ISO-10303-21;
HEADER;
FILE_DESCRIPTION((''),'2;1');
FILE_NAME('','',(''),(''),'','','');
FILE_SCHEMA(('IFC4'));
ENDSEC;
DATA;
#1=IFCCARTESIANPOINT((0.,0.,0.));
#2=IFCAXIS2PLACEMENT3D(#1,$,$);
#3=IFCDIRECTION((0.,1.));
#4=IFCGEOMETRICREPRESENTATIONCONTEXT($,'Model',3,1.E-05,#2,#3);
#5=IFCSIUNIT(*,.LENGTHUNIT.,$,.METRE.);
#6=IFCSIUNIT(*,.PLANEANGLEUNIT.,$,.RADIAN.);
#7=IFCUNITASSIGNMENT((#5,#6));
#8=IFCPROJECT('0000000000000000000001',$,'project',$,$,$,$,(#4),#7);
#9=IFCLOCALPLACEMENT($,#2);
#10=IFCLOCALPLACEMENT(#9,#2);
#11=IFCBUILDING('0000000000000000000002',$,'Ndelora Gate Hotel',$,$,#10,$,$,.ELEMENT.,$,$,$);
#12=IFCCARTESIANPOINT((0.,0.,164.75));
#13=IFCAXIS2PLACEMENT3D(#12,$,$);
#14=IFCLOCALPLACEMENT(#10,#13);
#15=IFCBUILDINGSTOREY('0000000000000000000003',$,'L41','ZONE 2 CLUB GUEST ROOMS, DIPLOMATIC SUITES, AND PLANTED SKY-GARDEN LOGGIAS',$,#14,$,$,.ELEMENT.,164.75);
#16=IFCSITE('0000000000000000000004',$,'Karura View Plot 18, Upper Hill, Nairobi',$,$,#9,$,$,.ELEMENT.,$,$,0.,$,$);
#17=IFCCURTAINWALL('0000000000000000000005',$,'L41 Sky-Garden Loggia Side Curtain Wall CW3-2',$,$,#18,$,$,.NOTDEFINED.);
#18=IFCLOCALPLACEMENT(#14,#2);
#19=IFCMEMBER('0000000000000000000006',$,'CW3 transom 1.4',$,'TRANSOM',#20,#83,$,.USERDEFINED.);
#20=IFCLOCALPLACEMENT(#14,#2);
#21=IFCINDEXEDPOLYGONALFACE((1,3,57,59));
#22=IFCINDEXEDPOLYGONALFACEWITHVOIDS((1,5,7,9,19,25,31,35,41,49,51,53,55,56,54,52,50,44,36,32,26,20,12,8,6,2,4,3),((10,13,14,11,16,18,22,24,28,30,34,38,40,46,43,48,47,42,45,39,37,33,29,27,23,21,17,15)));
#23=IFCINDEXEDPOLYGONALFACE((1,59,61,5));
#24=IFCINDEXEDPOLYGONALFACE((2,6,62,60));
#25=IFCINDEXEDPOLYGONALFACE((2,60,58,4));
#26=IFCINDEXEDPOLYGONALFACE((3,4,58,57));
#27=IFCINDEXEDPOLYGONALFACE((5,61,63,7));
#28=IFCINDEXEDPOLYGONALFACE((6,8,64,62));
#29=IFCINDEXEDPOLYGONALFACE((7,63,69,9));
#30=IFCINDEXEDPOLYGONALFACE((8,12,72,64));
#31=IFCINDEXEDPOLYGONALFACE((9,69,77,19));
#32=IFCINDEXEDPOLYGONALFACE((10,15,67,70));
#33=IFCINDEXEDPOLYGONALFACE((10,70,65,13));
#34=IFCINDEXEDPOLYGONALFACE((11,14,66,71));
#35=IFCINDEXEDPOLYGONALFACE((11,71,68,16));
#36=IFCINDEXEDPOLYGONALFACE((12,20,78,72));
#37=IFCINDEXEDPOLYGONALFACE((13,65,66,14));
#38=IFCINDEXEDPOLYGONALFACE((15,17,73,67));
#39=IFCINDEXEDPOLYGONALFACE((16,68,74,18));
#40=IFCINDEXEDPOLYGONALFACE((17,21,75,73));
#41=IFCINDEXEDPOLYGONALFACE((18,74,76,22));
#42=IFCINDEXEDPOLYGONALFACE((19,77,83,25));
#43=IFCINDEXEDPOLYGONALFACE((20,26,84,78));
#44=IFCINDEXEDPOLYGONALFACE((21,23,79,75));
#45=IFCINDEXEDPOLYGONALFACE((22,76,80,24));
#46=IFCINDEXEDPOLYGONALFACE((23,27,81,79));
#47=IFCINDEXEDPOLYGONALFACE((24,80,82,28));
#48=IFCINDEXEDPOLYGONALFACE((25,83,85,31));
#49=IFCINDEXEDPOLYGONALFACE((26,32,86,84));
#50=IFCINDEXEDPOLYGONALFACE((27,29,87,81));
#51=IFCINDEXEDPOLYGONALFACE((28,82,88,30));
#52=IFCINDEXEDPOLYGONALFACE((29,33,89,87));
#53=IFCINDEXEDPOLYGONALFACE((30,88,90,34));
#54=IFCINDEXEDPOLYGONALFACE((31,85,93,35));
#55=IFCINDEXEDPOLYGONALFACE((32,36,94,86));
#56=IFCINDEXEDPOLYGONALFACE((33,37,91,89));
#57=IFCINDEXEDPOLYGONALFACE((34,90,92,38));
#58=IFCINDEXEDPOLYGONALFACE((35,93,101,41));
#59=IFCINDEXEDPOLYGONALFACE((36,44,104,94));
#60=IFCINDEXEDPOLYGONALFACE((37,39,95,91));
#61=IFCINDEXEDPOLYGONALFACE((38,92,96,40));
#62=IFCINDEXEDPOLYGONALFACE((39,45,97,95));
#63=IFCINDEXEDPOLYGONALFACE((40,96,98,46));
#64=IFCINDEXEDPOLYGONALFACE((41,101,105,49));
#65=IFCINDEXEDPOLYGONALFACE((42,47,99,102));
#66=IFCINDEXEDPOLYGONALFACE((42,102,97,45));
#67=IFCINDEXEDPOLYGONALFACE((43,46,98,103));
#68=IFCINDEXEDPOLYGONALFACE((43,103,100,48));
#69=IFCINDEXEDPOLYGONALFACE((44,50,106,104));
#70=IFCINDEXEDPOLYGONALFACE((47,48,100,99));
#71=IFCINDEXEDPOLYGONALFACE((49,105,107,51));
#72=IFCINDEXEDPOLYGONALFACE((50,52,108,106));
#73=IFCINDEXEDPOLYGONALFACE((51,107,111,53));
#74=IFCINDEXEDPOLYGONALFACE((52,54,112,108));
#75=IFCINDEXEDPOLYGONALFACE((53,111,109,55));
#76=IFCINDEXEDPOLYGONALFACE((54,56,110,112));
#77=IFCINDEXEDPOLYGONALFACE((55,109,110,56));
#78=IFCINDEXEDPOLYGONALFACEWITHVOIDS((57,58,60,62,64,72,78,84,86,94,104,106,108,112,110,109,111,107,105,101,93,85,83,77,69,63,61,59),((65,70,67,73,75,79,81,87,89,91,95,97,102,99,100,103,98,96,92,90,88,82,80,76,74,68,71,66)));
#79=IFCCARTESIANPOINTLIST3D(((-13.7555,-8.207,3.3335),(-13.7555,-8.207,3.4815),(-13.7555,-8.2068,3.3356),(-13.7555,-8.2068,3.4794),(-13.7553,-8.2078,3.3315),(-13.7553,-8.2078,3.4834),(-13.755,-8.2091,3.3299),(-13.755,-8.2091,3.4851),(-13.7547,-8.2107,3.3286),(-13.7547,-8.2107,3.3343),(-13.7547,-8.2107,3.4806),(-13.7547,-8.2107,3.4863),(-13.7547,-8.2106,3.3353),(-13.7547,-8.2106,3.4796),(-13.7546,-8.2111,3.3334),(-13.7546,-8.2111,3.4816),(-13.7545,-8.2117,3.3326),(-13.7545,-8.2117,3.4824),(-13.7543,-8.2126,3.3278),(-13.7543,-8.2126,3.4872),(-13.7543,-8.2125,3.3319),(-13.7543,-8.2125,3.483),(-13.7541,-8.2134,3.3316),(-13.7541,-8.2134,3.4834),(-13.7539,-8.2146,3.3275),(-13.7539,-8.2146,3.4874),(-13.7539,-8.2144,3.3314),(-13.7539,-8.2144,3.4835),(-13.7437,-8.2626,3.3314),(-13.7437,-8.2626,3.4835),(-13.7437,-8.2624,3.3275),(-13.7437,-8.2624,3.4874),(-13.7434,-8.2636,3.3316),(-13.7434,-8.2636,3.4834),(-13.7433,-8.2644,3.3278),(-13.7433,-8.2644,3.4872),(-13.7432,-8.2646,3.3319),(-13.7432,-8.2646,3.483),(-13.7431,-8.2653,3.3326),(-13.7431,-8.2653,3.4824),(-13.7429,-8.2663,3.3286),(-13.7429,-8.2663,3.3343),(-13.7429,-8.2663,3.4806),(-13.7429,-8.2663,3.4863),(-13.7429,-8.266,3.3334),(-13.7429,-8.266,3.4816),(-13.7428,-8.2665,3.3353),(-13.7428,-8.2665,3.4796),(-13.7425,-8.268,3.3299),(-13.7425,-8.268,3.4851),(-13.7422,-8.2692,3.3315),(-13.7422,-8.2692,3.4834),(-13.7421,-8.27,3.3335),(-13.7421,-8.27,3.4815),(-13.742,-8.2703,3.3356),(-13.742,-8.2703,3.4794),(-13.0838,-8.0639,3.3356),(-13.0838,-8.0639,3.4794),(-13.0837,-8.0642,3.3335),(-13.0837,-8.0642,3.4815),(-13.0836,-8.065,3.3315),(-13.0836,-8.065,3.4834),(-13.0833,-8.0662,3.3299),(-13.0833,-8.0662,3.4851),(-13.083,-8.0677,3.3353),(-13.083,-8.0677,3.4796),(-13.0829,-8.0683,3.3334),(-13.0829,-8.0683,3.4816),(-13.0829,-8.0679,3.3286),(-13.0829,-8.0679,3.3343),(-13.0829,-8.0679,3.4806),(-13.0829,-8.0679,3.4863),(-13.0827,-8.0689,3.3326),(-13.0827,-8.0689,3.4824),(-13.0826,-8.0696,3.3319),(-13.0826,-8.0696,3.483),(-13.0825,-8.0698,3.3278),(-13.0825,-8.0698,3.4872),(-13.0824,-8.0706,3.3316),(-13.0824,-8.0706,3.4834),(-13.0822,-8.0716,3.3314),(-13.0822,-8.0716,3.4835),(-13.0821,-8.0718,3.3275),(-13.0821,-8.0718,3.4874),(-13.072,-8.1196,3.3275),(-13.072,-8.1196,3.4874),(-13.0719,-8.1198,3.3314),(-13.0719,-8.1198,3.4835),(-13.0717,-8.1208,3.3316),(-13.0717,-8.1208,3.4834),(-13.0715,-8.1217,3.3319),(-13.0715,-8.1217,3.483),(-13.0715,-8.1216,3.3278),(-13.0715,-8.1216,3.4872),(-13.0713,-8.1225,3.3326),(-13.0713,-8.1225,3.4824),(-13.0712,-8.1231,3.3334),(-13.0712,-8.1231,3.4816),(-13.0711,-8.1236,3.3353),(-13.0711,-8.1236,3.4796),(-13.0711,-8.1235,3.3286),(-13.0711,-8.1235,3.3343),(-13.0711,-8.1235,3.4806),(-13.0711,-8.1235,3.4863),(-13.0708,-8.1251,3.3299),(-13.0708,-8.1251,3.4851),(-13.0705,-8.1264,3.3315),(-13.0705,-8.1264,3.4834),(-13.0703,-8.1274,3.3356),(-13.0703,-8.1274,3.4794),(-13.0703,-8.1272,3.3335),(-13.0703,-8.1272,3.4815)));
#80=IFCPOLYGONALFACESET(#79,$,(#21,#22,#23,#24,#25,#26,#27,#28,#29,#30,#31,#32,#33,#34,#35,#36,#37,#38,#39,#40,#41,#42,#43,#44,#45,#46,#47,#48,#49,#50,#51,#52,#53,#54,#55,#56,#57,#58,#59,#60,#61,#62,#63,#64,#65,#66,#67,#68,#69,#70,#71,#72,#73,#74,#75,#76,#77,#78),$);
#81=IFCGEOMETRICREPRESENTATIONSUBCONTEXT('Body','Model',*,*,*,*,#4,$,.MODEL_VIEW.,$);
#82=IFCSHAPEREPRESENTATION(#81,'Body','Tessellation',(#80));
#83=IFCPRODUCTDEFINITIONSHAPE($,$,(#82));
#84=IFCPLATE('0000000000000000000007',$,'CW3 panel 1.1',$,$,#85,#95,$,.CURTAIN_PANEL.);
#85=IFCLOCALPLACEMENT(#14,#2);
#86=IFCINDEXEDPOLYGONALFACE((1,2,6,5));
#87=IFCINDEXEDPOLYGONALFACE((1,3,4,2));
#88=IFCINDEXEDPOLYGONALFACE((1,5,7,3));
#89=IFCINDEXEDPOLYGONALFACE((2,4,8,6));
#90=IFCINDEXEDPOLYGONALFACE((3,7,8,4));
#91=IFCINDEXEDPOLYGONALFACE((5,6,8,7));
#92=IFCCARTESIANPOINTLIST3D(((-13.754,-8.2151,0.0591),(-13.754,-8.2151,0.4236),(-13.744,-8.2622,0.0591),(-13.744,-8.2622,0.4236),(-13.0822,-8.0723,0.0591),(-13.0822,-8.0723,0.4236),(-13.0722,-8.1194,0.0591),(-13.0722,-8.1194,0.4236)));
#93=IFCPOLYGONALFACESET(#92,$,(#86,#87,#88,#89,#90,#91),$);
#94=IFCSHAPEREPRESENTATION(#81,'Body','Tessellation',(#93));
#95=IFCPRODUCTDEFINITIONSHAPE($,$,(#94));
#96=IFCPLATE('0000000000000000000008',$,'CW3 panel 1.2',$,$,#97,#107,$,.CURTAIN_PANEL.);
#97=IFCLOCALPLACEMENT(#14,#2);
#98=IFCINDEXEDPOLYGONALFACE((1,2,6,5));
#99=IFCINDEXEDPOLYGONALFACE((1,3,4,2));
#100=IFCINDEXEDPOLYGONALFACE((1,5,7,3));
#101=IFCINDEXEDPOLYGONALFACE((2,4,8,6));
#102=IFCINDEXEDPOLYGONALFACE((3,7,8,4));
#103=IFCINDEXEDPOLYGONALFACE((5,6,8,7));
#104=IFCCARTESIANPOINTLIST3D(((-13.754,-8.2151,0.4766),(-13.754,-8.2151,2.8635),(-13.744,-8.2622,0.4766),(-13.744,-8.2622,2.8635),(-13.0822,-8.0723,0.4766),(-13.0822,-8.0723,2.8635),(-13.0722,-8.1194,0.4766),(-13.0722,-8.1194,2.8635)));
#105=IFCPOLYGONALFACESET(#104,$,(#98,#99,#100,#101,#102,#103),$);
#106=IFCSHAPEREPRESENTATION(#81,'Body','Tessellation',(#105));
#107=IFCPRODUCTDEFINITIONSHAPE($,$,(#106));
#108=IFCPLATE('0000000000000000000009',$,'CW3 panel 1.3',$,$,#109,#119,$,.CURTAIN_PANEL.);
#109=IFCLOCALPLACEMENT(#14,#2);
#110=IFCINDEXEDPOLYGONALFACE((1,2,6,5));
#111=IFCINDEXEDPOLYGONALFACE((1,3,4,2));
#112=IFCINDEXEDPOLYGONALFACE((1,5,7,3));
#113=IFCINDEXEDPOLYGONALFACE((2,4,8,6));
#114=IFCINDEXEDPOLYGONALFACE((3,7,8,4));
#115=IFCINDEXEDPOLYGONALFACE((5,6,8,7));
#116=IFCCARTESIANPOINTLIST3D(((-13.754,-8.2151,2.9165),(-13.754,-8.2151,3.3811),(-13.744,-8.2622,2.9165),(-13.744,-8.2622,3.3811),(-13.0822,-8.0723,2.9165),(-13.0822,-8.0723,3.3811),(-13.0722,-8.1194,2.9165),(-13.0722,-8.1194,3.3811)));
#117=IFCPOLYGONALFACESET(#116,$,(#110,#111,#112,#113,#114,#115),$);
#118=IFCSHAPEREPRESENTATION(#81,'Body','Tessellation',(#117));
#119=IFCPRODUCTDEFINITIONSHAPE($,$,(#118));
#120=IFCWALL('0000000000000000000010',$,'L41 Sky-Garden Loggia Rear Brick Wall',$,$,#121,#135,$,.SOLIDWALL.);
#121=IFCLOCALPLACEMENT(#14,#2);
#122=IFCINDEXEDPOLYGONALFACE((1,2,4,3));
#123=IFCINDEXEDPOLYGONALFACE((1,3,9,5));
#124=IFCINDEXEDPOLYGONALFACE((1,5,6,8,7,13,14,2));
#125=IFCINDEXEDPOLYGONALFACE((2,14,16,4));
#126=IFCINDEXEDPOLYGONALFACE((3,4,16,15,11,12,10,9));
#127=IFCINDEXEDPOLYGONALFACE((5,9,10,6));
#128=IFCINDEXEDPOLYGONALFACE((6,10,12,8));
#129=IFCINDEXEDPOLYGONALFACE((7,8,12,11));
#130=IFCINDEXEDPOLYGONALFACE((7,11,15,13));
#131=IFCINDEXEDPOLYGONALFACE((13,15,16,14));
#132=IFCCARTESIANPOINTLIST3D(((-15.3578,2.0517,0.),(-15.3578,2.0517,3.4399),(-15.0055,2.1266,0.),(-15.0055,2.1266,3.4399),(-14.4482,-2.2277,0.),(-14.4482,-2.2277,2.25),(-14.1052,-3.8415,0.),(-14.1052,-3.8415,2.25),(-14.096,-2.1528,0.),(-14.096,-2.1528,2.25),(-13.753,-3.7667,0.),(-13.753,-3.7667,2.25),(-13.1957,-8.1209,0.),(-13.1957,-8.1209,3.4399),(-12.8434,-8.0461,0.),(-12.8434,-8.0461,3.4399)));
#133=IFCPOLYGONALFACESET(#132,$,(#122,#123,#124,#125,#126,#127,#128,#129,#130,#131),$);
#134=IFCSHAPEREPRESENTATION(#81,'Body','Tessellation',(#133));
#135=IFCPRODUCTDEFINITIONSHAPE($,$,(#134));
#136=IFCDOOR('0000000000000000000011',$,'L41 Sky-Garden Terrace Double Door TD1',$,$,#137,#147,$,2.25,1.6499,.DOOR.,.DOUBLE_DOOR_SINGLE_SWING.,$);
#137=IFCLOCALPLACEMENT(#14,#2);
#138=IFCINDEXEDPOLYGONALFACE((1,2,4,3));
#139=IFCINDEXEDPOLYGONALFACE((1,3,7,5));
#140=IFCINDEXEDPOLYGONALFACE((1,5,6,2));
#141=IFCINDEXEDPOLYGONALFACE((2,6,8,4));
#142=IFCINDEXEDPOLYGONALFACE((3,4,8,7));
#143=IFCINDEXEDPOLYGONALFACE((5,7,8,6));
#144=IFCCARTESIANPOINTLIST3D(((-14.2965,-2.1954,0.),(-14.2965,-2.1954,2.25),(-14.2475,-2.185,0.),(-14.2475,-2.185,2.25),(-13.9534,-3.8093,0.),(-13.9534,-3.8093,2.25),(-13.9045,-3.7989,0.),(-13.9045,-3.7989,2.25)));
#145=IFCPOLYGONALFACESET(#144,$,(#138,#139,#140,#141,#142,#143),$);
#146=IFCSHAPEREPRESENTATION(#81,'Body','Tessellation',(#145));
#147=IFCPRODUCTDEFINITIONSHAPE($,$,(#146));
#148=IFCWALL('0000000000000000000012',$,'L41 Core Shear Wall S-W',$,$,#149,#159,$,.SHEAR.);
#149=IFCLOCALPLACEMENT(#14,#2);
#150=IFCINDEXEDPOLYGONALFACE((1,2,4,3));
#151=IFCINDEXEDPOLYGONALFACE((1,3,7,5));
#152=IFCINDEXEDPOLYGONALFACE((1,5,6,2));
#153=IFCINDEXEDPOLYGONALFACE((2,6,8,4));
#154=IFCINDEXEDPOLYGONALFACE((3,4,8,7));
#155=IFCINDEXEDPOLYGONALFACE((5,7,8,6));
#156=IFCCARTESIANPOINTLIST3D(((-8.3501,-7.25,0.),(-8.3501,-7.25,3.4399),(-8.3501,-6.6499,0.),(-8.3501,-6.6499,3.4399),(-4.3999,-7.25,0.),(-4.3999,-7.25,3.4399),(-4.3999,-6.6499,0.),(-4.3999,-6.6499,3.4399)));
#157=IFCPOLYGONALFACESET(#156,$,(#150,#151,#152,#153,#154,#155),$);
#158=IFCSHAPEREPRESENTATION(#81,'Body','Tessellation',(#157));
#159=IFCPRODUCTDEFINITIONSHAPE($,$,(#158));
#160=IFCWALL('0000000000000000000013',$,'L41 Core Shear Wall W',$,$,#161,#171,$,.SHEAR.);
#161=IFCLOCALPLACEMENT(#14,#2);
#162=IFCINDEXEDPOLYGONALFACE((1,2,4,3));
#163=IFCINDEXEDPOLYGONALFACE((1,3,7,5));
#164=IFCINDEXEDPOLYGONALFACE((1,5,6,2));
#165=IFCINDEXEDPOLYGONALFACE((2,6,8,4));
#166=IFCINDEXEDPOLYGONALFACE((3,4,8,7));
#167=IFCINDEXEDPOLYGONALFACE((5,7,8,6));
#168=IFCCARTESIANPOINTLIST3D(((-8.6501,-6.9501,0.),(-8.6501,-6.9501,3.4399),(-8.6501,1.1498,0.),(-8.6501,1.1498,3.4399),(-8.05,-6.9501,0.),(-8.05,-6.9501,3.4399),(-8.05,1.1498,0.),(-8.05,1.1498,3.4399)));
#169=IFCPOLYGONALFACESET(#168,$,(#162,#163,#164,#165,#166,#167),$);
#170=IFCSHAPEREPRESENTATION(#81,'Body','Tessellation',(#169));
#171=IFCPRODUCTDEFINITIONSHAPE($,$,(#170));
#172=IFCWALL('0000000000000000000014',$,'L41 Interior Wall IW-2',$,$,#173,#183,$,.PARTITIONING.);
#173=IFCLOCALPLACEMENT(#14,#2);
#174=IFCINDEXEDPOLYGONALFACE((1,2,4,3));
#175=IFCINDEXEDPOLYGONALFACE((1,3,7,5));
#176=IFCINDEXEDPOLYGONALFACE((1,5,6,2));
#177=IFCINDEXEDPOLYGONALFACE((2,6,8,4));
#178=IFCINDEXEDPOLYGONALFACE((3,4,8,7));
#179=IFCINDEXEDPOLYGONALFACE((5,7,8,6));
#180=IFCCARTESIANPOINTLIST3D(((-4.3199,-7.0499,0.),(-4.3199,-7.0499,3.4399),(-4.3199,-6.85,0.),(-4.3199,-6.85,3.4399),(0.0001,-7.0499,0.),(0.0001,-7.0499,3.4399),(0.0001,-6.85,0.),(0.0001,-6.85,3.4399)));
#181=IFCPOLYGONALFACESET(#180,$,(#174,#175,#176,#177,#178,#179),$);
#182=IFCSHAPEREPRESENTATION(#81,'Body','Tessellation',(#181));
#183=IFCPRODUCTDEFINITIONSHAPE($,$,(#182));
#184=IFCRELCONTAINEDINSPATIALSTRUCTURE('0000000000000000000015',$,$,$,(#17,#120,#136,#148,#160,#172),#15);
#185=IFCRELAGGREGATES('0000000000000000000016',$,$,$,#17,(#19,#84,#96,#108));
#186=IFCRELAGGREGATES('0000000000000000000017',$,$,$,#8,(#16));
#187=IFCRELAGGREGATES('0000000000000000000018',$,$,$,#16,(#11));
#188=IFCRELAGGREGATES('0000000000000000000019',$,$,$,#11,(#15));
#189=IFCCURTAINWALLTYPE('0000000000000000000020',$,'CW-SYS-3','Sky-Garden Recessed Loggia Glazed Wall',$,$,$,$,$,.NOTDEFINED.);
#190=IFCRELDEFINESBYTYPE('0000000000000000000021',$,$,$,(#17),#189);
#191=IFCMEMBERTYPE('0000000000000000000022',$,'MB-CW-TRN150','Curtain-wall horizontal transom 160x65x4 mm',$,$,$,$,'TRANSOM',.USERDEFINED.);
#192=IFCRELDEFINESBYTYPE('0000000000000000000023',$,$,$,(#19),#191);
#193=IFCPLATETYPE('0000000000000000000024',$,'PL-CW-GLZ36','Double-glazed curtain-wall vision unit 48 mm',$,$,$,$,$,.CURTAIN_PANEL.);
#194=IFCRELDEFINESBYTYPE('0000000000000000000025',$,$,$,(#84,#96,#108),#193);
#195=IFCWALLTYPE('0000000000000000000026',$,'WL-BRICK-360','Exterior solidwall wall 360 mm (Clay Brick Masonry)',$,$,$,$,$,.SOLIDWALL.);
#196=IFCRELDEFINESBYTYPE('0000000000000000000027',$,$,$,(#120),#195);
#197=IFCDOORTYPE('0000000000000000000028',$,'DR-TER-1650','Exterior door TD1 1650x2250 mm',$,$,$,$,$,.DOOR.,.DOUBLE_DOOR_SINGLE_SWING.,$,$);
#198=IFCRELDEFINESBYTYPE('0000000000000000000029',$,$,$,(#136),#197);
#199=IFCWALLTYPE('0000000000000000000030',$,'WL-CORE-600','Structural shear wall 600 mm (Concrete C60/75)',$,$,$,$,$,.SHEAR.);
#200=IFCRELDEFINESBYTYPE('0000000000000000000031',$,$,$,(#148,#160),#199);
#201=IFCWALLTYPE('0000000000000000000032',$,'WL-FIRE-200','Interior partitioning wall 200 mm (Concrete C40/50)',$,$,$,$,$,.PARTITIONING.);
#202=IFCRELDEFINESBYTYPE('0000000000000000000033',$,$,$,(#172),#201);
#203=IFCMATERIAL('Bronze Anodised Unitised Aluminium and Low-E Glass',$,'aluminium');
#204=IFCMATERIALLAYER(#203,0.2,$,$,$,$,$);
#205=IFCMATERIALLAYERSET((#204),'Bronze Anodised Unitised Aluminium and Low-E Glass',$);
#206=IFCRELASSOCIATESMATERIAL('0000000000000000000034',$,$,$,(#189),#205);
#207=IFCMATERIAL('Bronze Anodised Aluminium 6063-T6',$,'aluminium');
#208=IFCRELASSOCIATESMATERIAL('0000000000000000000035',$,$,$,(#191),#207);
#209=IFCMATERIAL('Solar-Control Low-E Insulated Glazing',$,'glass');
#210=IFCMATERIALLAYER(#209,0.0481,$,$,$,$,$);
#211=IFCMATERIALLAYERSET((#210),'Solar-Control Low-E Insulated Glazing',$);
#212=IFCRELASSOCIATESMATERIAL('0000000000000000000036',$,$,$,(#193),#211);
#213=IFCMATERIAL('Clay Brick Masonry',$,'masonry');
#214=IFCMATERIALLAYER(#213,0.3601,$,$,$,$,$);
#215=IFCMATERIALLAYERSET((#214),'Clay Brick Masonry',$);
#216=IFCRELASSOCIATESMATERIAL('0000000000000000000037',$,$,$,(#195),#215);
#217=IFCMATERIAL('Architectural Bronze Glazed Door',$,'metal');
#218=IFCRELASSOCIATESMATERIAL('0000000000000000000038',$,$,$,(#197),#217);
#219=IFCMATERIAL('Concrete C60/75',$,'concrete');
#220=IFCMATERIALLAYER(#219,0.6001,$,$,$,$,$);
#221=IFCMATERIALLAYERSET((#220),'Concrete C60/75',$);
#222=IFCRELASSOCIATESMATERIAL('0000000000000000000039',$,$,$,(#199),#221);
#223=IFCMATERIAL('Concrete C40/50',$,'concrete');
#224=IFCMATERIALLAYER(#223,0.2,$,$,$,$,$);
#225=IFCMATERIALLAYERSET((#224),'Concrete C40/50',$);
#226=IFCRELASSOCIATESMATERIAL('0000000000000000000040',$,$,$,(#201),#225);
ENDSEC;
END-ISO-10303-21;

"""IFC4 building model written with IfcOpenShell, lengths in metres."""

from ifc_helpers import new_model, si_unit, direction, frame, frame_2d, origin, origin_2d, place, context, subcontext, project, spatial, rectangle, hollow_rectangle, extrude, material, layer, layer_set, material_profile, profile_set, type_object, element, fill, aggregate, save


model = new_model("IFC4")

# Units and contexts
model_context = context("Model", 3, precision=1e-05, world=origin(), true_north=direction((0.0, 1.0)))
body_context = subcontext(model_context, "Body", "Model", "MODEL_VIEW")
ifc_project = project(units=[si_unit("LENGTHUNIT", "METRE"), si_unit("PLANEANGLEUNIT", "RADIAN")], contexts=[model_context])

# Site, building, storey
site_placement = place(None, origin())
site = spatial("IfcSite", under=ifc_project, at=site_placement, Name="Karura View Plot 18, Upper Hill, Nairobi", CompositionType="ELEMENT", RefElevation=0.0)
building_placement = place(site_placement, origin())
building = spatial("IfcBuilding", under=site, at=building_placement, Name="Ndelora Gate Hotel", CompositionType="ELEMENT")
storey_placement = place(building_placement, frame((0.0, 0.0, 164.75)))
storey = spatial("IfcBuildingStorey", under=building, at=storey_placement, Name="L41", Description="ZONE 2 CLUB GUEST ROOMS, DIPLOMATIC SUITES, AND PLANTED SKY-GARDEN LOGGIAS", CompositionType="ELEMENT", Elevation=164.75)

# Curtain wall, member, plates
ifc_material_1 = material(Name="Bronze Anodised Unitised Aluminium and Low-E Glass", Category="aluminium")
ifc_layer_1 = layer(ifc_material_1, 0.2)
ifc_layer_set_1 = layer_set([ifc_layer_1], Name="Bronze Anodised Unitised Aluminium and Low-E Glass")
curtain_wall_type = type_object("IfcCurtainWallType", Name="CW-SYS-3", Description="Sky-Garden Recessed Loggia Glazed Wall", PredefinedType="NOTDEFINED", material=ifc_layer_set_1)
curtain_wall_placement = place(storey_placement, origin())
curtain_wall = element("IfcCurtainWall", 1, at=curtain_wall_placement, inside=storey, type_object=curtain_wall_type, Name="L41 Sky-Garden Loggia Side Curtain Wall CW3-2", PredefinedType="NOTDEFINED")
ifc_material_2 = material(Name="Bronze Anodised Aluminium 6063-T6", Category="aluminium")
ifc_material_profile_1 = material_profile(ifc_material_2, hollow_rectangle(XDim=0.0649, YDim=0.1599, WallThickness=0.0039, InnerFilletRadius=0.0039, OuterFilletRadius=0.0081, at=origin_2d()), Name="ALU 160x65x4")
ifc_profile_set_1 = profile_set([ifc_material_profile_1], Name="Bronze Anodised Aluminium 6063-T6")
member_type_1 = type_object("IfcMemberType", Name="MB-CW-TRN150", Description="Curtain-wall horizontal transom 160x65x4 mm", ElementType="TRANSOM", PredefinedType="USERDEFINED", material=ifc_profile_set_1)
member_1_placement = place(storey_placement, frame((-13.7488, -8.2385, 3.4075), z_axis=(0.978129, 0.207999, 0.0), x_axis=(-0.207999, 0.978129, 0.0)))
member_1 = element("IfcMember", 2, at=member_1_placement, type_object=member_type_1, Name="CW3 transom 1.4", ObjectType="TRANSOM", PredefinedType="USERDEFINED", context=body_context, shape_type="SweptSolid", body=[
    extrude(hollow_rectangle(XDim=0.0649, YDim=0.1599, WallThickness=0.0039, InnerFilletRadius=0.0039, OuterFilletRadius=0.0081, at=origin_2d()), origin(), (0.0, 0.0, 1.0), 0.6868),
])
ifc_material_3 = material(Name="Solar-Control Low-E Insulated Glazing", Category="glass")
ifc_layer_2 = layer(ifc_material_3, 0.0481)
ifc_layer_set_2 = layer_set([ifc_layer_2], Name="Solar-Control Low-E Insulated Glazing")
plate_type = type_object("IfcPlateType", Name="PL-CW-GLZ36", Description="Double-glazed curtain-wall vision unit 48 mm", PredefinedType="CURTAIN_PANEL", material=ifc_layer_set_2)
plate_1_placement = place(storey_placement, frame((-13.4131, -8.1672, 0.0591), z_axis=(0.0, 0.0, 1.0), x_axis=(0.978148, 0.207908, 0.0)))
plate_1 = element("IfcPlate", 3, at=plate_1_placement, type_object=plate_type, Name="CW3 panel 1.1", PredefinedType="CURTAIN_PANEL", context=body_context, shape_type="SweptSolid", body=[
    extrude(rectangle(XDim=0.6868, YDim=0.0481, at=origin_2d()), origin(), (0.0, 0.0, 1.0), 0.3645),
])
plate_2_placement = place(storey_placement, frame((-13.4131, -8.1672, 0.4766), z_axis=(0.0, 0.0, 1.0), x_axis=(0.978148, 0.207908, 0.0)))
plate_2 = element("IfcPlate", 4, at=plate_2_placement, type_object=plate_type, Name="CW3 panel 1.2", PredefinedType="CURTAIN_PANEL", context=body_context, shape_type="SweptSolid", body=[
    extrude(rectangle(XDim=0.6868, YDim=0.0481, at=origin_2d()), origin(), (0.0, 0.0, 1.0), 2.387),
])
plate_3_placement = place(storey_placement, frame((-13.4131, -8.1672, 2.9165), z_axis=(0.0, 0.0, 1.0), x_axis=(0.978148, 0.207908, 0.0)))
plate_3 = element("IfcPlate", 5, at=plate_3_placement, type_object=plate_type, Name="CW3 panel 1.3", PredefinedType="CURTAIN_PANEL", context=body_context, shape_type="SweptSolid", body=[
    extrude(rectangle(XDim=0.6868, YDim=0.0481, at=origin_2d()), origin(), (0.0, 0.0, 1.0), 0.4646),
])
aggregate(curtain_wall, [member_1, plate_1, plate_2, plate_3])

# Wall, opening, door
ifc_material_4 = material(Name="Clay Brick Masonry", Category="masonry")
ifc_layer_3 = layer(ifc_material_4, 0.3601)
ifc_layer_set_3 = layer_set([ifc_layer_3], Name="Clay Brick Masonry")
wall_type_1 = type_object("IfcWallType", Name="WL-BRICK-360", Description="Exterior solidwall wall 360 mm (Clay Brick Masonry)", PredefinedType="SOLIDWALL", material=ifc_layer_set_3)
wall_1_placement = place(storey_placement, frame((-13.0195, -8.0835, 0.0), z_axis=(0.0, 0.0, 1.0), x_axis=(-0.207898, 0.97815, 0.0)))
wall_1 = element("IfcWall", 6, at=wall_1_placement, inside=storey, type_object=wall_type_1, Name="L41 Sky-Garden Loggia Rear Brick Wall", PredefinedType="SOLIDWALL", context=body_context, shape_type="SweptSolid", body=[
    extrude(rectangle(XDim=10.3999, YDim=0.3601, at=frame_2d((5.2, 0.0))), origin(), (0.0, 0.0, 1.0), 3.4399),
])
opening_placement = place(wall_1_placement, frame((4.375, 0.0, 0.0)))
opening = element("IfcOpeningElement", 7, at=opening_placement, cuts=wall_1, PredefinedType="OPENING", context=body_context, shape_type="SweptSolid", body=[
    extrude(rectangle(XDim=1.6499, YDim=2.25, at=frame_2d((0.825, 1.125))), frame((0.0, 0.1899, 0.0), z_axis=(0.0, -1.0, 0.0), x_axis=(1.0, 0.0, 0.0)), (0.0, 0.0, 1.0), 0.3801),
])
ifc_material_5 = material(Name="Architectural Bronze Glazed Door", Category="metal")
door_type = type_object("IfcDoorType", Name="DR-TER-1650", Description="Exterior door TD1 1650x2250 mm", OperationType="DOUBLE_DOOR_SINGLE_SWING", PredefinedType="DOOR", material=ifc_material_5)
door_placement = place(opening_placement, origin())
door = element("IfcDoor", 8, at=door_placement, inside=storey, type_object=door_type, Name="L41 Sky-Garden Terrace Double Door TD1", OperationType="DOUBLE_DOOR_SINGLE_SWING", OverallHeight=2.25, OverallWidth=1.6499, PredefinedType="DOOR", context=body_context, shape_type="SweptSolid", body=[
    extrude(rectangle(XDim=1.6499, YDim=2.25, at=frame_2d((0.825, 1.125))), frame((0.0, 0.0249, 0.0), z_axis=(0.0, -1.0, 0.0), x_axis=(1.0, 0.0, 0.0)), (0.0, 0.0, 1.0), 0.05),
])
fill(opening, door)

# Walls
ifc_material_6 = material(Name="Concrete C60/75", Category="concrete")
ifc_layer_4 = layer(ifc_material_6, 0.6001)
ifc_layer_set_4 = layer_set([ifc_layer_4], Name="Concrete C60/75")
wall_type_2 = type_object("IfcWallType", Name="WL-CORE-600", Description="Structural shear wall 600 mm (Concrete C60/75)", PredefinedType="SHEAR", material=ifc_layer_set_4)
wall_2_placement = place(storey_placement, frame((-8.3501, -6.95, 0.0), z_axis=(0.0, 0.0, 1.0), x_axis=(1.0, 0.0, 0.0)))
element("IfcWall", 9, at=wall_2_placement, inside=storey, type_object=wall_type_2, Name="L41 Core Shear Wall S-W", PredefinedType="SHEAR", context=body_context, shape_type="SweptSolid", body=[
    extrude(rectangle(XDim=3.9502, YDim=0.6001, at=frame_2d((1.9751, 0.0))), origin(), (0.0, 0.0, 1.0), 3.4399),
])
wall_3_placement = place(storey_placement, frame((-8.3501, -6.95, 0.0), z_axis=(0.0, 0.0, 1.0), x_axis=(0.0, 1.0, 0.0)))
element("IfcWall", 10, at=wall_3_placement, inside=storey, type_object=wall_type_2, Name="L41 Core Shear Wall W", PredefinedType="SHEAR", context=body_context, shape_type="SweptSolid", body=[
    extrude(rectangle(XDim=8.0999, YDim=0.6001, at=frame_2d((4.0498, 0.0))), origin(), (0.0, 0.0, 1.0), 3.4399),
])
ifc_material_7 = material(Name="Concrete C40/50", Category="concrete")
ifc_layer_5 = layer(ifc_material_7, 0.2)
ifc_layer_set_5 = layer_set([ifc_layer_5], Name="Concrete C40/50")
wall_type_3 = type_object("IfcWallType", Name="WL-FIRE-200", Description="Interior partitioning wall 200 mm (Concrete C40/50)", PredefinedType="PARTITIONING", material=ifc_layer_set_5)
wall_4_placement = place(storey_placement, frame((-4.3201, -6.95, 0.0), z_axis=(0.0, 0.0, 1.0), x_axis=(1.0, 0.0, 0.0)))
element("IfcWall", 11, at=wall_4_placement, inside=storey, type_object=wall_type_3, Name="L41 Interior Wall IW-2", PredefinedType="PARTITIONING", context=body_context, shape_type="SweptSolid", body=[
    extrude(rectangle(XDim=4.3201, YDim=0.2, at=frame_2d((2.1602, 0.0))), origin(), (0.0, 0.0, 1.0), 3.4399),
])

save(model, "model.ifc")
